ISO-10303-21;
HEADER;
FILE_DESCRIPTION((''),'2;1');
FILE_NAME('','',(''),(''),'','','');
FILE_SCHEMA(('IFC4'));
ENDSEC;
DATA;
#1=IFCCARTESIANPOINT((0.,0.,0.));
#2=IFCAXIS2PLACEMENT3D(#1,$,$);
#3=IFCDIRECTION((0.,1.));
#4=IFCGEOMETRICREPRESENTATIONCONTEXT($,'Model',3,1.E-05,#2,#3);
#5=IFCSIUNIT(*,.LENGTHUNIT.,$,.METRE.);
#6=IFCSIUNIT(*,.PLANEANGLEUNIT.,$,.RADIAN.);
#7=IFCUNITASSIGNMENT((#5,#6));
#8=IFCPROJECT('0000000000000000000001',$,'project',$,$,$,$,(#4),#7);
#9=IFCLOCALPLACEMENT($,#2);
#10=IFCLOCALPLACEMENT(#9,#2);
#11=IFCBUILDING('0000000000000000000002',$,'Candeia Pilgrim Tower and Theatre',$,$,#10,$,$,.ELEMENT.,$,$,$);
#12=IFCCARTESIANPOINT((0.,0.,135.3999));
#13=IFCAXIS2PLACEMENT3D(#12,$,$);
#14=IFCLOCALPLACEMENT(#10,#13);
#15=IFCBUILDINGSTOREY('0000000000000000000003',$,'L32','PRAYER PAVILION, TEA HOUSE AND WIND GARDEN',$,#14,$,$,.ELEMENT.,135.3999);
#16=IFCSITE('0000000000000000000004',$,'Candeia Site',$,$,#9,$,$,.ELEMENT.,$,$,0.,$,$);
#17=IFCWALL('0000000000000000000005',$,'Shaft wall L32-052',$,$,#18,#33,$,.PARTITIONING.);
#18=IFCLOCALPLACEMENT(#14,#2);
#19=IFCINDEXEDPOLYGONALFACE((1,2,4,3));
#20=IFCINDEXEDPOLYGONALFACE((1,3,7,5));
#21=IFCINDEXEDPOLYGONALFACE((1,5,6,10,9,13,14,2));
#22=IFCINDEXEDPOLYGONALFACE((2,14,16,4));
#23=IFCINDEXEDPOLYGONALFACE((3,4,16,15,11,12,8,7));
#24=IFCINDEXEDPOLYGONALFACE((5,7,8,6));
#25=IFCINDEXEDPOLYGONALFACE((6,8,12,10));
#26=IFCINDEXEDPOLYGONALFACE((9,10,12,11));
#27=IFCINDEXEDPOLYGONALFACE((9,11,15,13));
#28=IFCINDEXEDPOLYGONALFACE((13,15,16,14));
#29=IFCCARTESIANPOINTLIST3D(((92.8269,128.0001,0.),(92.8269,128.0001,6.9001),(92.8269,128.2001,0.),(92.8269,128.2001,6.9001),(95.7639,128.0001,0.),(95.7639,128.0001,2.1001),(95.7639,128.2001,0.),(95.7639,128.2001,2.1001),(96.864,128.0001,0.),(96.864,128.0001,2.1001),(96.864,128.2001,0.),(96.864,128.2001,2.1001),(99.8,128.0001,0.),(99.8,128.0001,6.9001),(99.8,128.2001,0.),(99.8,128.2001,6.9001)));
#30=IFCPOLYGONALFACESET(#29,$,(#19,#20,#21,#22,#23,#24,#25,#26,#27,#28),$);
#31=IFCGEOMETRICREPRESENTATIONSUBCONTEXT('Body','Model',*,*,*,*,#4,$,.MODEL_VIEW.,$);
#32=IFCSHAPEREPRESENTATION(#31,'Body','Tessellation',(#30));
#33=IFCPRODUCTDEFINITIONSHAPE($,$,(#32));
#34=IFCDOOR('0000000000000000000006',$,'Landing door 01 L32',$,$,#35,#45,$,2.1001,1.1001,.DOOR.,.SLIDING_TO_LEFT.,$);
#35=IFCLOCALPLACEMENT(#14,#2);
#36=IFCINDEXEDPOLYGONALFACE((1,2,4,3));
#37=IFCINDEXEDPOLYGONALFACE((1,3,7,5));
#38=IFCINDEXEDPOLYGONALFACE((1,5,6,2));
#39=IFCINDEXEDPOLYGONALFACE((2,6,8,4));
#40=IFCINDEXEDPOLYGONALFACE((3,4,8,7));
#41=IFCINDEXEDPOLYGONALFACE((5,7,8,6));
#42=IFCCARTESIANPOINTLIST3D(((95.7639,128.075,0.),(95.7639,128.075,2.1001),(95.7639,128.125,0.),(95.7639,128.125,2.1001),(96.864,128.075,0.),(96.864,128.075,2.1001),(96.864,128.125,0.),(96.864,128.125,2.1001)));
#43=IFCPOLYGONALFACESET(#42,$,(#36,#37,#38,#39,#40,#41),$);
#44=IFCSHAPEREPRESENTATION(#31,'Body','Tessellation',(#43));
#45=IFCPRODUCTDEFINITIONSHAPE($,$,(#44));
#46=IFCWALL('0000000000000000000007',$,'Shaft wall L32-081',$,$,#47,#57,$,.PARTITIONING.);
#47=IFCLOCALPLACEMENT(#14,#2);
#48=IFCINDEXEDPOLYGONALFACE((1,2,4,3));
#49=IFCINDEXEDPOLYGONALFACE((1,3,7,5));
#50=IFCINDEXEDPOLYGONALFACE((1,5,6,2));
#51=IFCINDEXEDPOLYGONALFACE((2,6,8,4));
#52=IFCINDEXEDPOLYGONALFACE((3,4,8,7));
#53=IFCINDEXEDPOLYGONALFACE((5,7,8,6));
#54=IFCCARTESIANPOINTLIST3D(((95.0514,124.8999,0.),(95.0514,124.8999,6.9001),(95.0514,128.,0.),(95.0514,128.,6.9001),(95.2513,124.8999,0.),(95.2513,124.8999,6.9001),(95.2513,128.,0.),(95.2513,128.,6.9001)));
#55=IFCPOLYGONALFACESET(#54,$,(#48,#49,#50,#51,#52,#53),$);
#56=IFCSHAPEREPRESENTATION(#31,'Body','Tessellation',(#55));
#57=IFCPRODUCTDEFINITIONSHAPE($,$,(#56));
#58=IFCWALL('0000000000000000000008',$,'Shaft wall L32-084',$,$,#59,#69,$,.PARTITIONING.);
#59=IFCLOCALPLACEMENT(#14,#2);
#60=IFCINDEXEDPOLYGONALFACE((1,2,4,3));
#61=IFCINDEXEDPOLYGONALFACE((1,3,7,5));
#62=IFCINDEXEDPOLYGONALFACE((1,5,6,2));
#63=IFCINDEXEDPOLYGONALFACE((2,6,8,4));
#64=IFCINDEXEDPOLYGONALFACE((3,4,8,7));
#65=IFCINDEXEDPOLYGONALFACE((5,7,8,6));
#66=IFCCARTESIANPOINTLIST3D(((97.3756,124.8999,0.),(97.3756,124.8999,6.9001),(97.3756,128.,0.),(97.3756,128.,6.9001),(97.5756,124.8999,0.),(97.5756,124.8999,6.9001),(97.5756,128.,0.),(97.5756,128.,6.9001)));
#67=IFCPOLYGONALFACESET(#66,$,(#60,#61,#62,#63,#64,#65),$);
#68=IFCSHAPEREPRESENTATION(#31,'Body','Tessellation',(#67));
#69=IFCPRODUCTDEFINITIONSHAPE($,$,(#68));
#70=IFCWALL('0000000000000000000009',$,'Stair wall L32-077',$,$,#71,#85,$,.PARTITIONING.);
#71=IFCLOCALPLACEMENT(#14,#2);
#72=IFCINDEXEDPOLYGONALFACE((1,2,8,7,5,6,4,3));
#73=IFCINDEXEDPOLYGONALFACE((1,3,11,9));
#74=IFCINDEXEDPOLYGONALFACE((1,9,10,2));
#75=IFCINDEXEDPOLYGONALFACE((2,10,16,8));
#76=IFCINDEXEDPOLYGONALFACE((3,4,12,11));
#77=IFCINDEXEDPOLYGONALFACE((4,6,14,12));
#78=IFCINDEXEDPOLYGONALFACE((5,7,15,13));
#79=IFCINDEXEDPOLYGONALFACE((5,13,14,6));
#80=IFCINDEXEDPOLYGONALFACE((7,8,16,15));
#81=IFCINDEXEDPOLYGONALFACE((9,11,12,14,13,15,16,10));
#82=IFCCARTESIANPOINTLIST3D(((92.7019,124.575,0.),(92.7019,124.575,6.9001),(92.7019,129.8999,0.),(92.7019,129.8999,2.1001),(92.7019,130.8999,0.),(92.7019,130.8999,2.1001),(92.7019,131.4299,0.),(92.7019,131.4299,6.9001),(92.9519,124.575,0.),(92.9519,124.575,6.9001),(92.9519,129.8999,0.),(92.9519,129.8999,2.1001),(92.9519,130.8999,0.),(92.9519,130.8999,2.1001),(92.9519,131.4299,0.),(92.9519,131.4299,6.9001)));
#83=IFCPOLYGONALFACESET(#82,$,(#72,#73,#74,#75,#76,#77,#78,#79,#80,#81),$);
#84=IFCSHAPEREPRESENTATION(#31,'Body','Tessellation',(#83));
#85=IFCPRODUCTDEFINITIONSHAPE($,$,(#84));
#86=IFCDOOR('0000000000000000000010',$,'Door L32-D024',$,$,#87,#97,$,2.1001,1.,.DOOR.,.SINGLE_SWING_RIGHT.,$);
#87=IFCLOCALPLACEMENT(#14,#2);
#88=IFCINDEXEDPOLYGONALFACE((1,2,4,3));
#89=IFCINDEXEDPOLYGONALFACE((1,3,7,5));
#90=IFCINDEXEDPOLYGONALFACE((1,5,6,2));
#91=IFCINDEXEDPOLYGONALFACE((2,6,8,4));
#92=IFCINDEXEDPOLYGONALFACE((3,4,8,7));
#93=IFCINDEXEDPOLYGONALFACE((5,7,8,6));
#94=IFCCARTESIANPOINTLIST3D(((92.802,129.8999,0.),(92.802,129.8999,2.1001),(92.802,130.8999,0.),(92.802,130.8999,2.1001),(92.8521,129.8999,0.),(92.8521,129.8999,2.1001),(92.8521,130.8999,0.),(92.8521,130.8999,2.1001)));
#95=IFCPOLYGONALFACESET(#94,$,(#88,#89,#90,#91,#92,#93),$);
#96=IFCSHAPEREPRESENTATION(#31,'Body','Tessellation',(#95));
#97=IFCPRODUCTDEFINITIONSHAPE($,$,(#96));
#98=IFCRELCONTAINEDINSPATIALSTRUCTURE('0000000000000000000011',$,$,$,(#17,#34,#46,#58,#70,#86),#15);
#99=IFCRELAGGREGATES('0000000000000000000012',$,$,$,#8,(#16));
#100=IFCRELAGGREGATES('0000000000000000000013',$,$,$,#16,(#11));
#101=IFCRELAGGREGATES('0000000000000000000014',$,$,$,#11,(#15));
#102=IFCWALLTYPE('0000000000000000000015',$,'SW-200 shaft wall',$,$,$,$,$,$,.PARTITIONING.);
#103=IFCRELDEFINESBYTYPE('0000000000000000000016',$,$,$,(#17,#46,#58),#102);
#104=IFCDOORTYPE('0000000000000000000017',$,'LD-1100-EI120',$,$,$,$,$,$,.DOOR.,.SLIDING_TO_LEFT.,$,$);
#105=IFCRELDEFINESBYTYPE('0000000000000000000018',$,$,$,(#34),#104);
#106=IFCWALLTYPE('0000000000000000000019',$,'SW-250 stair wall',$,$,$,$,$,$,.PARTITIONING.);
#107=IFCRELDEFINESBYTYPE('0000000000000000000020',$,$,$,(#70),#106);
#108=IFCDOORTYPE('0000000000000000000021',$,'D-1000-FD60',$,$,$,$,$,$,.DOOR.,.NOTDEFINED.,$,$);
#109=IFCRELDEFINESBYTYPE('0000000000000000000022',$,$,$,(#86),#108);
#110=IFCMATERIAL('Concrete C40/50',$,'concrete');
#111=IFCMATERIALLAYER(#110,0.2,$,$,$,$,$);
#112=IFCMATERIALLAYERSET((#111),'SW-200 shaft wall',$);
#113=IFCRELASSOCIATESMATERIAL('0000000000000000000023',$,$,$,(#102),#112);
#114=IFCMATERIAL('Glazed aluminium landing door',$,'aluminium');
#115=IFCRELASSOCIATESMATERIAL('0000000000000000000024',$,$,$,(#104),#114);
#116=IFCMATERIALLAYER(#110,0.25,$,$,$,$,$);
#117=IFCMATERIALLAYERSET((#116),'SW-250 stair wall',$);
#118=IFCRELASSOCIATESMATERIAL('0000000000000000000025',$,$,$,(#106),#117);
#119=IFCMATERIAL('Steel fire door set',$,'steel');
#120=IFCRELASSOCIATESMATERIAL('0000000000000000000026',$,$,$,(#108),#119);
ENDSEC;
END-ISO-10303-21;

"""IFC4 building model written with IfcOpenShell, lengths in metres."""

from ifc_helpers import new_model, si_unit, direction, frame, frame_2d, origin, place, context, subcontext, project, spatial, rectangle, extrude, material, layer, layer_set, type_object, element, fill, save


model = new_model("IFC4")

# Units and contexts
model_context = context("Model", 3, precision=1e-05, world=origin(), true_north=direction((0.0, 1.0)))
body_context = subcontext(model_context, "Body", "Model", "MODEL_VIEW")
ifc_project = project(units=[si_unit("LENGTHUNIT", "METRE"), si_unit("PLANEANGLEUNIT", "RADIAN")], contexts=[model_context])

# Site, building, storey
site_placement = place(None, origin())
site = spatial("IfcSite", under=ifc_project, at=site_placement, Name="Candeia Site", CompositionType="ELEMENT", RefElevation=0.0)
building_placement = place(site_placement, origin())
building = spatial("IfcBuilding", under=site, at=building_placement, Name="Candeia Pilgrim Tower and Theatre", CompositionType="ELEMENT")
storey_placement = place(building_placement, frame((0.0, 0.0, 135.3999)))
storey = spatial("IfcBuildingStorey", under=building, at=storey_placement, Name="L32", Description="PRAYER PAVILION, TEA HOUSE AND WIND GARDEN", CompositionType="ELEMENT", Elevation=135.3999)

# Shared definitions
ifc_material_1 = material(Name="Steel fire door set", Category="steel")

# Wall, opening, door
ifc_material_2 = material(Name="Concrete C40/50", Category="concrete")
ifc_layer_1 = layer(ifc_material_2, 0.2)
ifc_layer_set_1 = layer_set([ifc_layer_1], Name="SW-200 shaft wall")
wall_type_1 = type_object("IfcWallType", Name="SW-200 shaft wall", PredefinedType="PARTITIONING", material=ifc_layer_set_1)
ifc_material_3 = material(Name="Glazed aluminium landing door", Category="aluminium")
door_type_1 = type_object("IfcDoorType", Name="LD-1100-EI120", OperationType="SLIDING_TO_LEFT", PredefinedType="DOOR", material=ifc_material_3)
wall_1_placement = place(storey_placement, frame((92.8269, 128.1001, 0.0), z_axis=(0.0, 0.0, 1.0), x_axis=(1.0, 0.0, 0.0)))
wall_1 = element("IfcWall", 1, at=wall_1_placement, inside=storey, type_object=wall_type_1, Name="Shaft wall L32-052", PredefinedType="PARTITIONING", context=body_context, shape_type="SweptSolid", body=[
    extrude(rectangle(XDim=6.9731, YDim=0.2, at=frame_2d((3.4866, 0.0))), origin(), (0.0, 0.0, 1.0), 6.9001),
])
opening_1_placement = place(wall_1_placement, frame((2.937, 0.0, 0.0)))
opening_1 = element("IfcOpeningElement", 2, at=opening_1_placement, cuts=wall_1, PredefinedType="OPENING", context=body_context, shape_type="SweptSolid", body=[
    extrude(rectangle(XDim=1.1001, YDim=2.1001, at=frame_2d((0.55, 1.05))), frame((0.0, 0.1099, 0.0), z_axis=(0.0, -1.0, 0.0), x_axis=(1.0, 0.0, 0.0)), (0.0, 0.0, 1.0), 0.22),
])
door_1_placement = place(opening_1_placement, origin())
door_1 = element("IfcDoor", 3, at=door_1_placement, inside=storey, type_object=door_type_1, Name="Landing door 01 L32", OperationType="SLIDING_TO_LEFT", OverallHeight=2.1001, OverallWidth=1.1001, PredefinedType="DOOR", context=body_context, shape_type="SweptSolid", body=[
    extrude(rectangle(XDim=1.1001, YDim=2.1001, at=frame_2d((0.55, 1.05))), frame((0.0, 0.0249, 0.0), z_axis=(0.0, -1.0, 0.0), x_axis=(1.0, 0.0, 0.0)), (0.0, 0.0, 1.0), 0.05),
])
fill(opening_1, door_1)

# Walls
for number, where, z_axis, x_axis, name in (
    (4, (95.1514, 124.8999, 0.0), (0.0, 0.0, 1.0), (0.0, 1.0, 0.0), "Shaft wall L32-081"),
    (5, (97.4756, 124.8999, 0.0), (0.0, 0.0, 1.0), (0.0, 1.0, 0.0), "Shaft wall L32-084"),
):
    element("IfcWall", number, at=place(storey_placement, frame(where, z_axis=z_axis, x_axis=x_axis)), inside=storey, type_object=wall_type_1, Name=name, PredefinedType="PARTITIONING", context=body_context, shape_type="SweptSolid", body=[
        extrude(rectangle(XDim=3.1001, YDim=0.2, at=frame_2d((1.55, 0.0))), origin(), (0.0, 0.0, 1.0), 6.9001),
    ])

# Wall, opening, door
ifc_layer_2 = layer(ifc_material_2, 0.25)
ifc_layer_set_2 = layer_set([ifc_layer_2], Name="SW-250 stair wall")
wall_type_2 = type_object("IfcWallType", Name="SW-250 stair wall", PredefinedType="PARTITIONING", material=ifc_layer_set_2)
wall_2_placement = place(storey_placement, frame((92.8269, 124.575, 0.0), z_axis=(0.0, 0.0, 1.0), x_axis=(0.0, 1.0, 0.0)))
wall_2 = element("IfcWall", 6, at=wall_2_placement, inside=storey, type_object=wall_type_2, Name="Stair wall L32-077", PredefinedType="PARTITIONING", context=body_context, shape_type="SweptSolid", body=[
    extrude(rectangle(XDim=6.855, YDim=0.25, at=frame_2d((3.4275, 0.0))), origin(), (0.0, 0.0, 1.0), 6.9001),
])
opening_2_placement = place(wall_2_placement, frame((5.325, 0.0, 0.0)))
opening_2 = element("IfcOpeningElement", 7, at=opening_2_placement, cuts=wall_2, PredefinedType="OPENING", context=body_context, shape_type="SweptSolid", body=[
    extrude(rectangle(XDim=1.0, YDim=2.1001, at=frame_2d((0.5, 1.05))), frame((0.0, 0.135, 0.0), z_axis=(0.0, -1.0, 0.0), x_axis=(1.0, 0.0, 0.0)), (0.0, 0.0, 1.0), 0.27),
])
door_type_2 = type_object("IfcDoorType", Name="D-1000-FD60", OperationType="NOTDEFINED", PredefinedType="DOOR", material=ifc_material_1)
door_2_placement = place(opening_2_placement, origin())
door_2 = element("IfcDoor", 8, at=door_2_placement, inside=storey, type_object=door_type_2, Name="Door L32-D024", OperationType="SINGLE_SWING_RIGHT", OverallHeight=2.1001, OverallWidth=1.0, PredefinedType="DOOR", context=body_context, shape_type="SweptSolid", body=[
    extrude(rectangle(XDim=1.0, YDim=2.1001, at=frame_2d((0.5, 1.05))), frame((0.0, 0.0249, 0.0), z_axis=(0.0, -1.0, 0.0), x_axis=(1.0, 0.0, 0.0)), (0.0, 0.0, 1.0), 0.05),
])
fill(opening_2, door_2)

save(model, "model.ifc")
